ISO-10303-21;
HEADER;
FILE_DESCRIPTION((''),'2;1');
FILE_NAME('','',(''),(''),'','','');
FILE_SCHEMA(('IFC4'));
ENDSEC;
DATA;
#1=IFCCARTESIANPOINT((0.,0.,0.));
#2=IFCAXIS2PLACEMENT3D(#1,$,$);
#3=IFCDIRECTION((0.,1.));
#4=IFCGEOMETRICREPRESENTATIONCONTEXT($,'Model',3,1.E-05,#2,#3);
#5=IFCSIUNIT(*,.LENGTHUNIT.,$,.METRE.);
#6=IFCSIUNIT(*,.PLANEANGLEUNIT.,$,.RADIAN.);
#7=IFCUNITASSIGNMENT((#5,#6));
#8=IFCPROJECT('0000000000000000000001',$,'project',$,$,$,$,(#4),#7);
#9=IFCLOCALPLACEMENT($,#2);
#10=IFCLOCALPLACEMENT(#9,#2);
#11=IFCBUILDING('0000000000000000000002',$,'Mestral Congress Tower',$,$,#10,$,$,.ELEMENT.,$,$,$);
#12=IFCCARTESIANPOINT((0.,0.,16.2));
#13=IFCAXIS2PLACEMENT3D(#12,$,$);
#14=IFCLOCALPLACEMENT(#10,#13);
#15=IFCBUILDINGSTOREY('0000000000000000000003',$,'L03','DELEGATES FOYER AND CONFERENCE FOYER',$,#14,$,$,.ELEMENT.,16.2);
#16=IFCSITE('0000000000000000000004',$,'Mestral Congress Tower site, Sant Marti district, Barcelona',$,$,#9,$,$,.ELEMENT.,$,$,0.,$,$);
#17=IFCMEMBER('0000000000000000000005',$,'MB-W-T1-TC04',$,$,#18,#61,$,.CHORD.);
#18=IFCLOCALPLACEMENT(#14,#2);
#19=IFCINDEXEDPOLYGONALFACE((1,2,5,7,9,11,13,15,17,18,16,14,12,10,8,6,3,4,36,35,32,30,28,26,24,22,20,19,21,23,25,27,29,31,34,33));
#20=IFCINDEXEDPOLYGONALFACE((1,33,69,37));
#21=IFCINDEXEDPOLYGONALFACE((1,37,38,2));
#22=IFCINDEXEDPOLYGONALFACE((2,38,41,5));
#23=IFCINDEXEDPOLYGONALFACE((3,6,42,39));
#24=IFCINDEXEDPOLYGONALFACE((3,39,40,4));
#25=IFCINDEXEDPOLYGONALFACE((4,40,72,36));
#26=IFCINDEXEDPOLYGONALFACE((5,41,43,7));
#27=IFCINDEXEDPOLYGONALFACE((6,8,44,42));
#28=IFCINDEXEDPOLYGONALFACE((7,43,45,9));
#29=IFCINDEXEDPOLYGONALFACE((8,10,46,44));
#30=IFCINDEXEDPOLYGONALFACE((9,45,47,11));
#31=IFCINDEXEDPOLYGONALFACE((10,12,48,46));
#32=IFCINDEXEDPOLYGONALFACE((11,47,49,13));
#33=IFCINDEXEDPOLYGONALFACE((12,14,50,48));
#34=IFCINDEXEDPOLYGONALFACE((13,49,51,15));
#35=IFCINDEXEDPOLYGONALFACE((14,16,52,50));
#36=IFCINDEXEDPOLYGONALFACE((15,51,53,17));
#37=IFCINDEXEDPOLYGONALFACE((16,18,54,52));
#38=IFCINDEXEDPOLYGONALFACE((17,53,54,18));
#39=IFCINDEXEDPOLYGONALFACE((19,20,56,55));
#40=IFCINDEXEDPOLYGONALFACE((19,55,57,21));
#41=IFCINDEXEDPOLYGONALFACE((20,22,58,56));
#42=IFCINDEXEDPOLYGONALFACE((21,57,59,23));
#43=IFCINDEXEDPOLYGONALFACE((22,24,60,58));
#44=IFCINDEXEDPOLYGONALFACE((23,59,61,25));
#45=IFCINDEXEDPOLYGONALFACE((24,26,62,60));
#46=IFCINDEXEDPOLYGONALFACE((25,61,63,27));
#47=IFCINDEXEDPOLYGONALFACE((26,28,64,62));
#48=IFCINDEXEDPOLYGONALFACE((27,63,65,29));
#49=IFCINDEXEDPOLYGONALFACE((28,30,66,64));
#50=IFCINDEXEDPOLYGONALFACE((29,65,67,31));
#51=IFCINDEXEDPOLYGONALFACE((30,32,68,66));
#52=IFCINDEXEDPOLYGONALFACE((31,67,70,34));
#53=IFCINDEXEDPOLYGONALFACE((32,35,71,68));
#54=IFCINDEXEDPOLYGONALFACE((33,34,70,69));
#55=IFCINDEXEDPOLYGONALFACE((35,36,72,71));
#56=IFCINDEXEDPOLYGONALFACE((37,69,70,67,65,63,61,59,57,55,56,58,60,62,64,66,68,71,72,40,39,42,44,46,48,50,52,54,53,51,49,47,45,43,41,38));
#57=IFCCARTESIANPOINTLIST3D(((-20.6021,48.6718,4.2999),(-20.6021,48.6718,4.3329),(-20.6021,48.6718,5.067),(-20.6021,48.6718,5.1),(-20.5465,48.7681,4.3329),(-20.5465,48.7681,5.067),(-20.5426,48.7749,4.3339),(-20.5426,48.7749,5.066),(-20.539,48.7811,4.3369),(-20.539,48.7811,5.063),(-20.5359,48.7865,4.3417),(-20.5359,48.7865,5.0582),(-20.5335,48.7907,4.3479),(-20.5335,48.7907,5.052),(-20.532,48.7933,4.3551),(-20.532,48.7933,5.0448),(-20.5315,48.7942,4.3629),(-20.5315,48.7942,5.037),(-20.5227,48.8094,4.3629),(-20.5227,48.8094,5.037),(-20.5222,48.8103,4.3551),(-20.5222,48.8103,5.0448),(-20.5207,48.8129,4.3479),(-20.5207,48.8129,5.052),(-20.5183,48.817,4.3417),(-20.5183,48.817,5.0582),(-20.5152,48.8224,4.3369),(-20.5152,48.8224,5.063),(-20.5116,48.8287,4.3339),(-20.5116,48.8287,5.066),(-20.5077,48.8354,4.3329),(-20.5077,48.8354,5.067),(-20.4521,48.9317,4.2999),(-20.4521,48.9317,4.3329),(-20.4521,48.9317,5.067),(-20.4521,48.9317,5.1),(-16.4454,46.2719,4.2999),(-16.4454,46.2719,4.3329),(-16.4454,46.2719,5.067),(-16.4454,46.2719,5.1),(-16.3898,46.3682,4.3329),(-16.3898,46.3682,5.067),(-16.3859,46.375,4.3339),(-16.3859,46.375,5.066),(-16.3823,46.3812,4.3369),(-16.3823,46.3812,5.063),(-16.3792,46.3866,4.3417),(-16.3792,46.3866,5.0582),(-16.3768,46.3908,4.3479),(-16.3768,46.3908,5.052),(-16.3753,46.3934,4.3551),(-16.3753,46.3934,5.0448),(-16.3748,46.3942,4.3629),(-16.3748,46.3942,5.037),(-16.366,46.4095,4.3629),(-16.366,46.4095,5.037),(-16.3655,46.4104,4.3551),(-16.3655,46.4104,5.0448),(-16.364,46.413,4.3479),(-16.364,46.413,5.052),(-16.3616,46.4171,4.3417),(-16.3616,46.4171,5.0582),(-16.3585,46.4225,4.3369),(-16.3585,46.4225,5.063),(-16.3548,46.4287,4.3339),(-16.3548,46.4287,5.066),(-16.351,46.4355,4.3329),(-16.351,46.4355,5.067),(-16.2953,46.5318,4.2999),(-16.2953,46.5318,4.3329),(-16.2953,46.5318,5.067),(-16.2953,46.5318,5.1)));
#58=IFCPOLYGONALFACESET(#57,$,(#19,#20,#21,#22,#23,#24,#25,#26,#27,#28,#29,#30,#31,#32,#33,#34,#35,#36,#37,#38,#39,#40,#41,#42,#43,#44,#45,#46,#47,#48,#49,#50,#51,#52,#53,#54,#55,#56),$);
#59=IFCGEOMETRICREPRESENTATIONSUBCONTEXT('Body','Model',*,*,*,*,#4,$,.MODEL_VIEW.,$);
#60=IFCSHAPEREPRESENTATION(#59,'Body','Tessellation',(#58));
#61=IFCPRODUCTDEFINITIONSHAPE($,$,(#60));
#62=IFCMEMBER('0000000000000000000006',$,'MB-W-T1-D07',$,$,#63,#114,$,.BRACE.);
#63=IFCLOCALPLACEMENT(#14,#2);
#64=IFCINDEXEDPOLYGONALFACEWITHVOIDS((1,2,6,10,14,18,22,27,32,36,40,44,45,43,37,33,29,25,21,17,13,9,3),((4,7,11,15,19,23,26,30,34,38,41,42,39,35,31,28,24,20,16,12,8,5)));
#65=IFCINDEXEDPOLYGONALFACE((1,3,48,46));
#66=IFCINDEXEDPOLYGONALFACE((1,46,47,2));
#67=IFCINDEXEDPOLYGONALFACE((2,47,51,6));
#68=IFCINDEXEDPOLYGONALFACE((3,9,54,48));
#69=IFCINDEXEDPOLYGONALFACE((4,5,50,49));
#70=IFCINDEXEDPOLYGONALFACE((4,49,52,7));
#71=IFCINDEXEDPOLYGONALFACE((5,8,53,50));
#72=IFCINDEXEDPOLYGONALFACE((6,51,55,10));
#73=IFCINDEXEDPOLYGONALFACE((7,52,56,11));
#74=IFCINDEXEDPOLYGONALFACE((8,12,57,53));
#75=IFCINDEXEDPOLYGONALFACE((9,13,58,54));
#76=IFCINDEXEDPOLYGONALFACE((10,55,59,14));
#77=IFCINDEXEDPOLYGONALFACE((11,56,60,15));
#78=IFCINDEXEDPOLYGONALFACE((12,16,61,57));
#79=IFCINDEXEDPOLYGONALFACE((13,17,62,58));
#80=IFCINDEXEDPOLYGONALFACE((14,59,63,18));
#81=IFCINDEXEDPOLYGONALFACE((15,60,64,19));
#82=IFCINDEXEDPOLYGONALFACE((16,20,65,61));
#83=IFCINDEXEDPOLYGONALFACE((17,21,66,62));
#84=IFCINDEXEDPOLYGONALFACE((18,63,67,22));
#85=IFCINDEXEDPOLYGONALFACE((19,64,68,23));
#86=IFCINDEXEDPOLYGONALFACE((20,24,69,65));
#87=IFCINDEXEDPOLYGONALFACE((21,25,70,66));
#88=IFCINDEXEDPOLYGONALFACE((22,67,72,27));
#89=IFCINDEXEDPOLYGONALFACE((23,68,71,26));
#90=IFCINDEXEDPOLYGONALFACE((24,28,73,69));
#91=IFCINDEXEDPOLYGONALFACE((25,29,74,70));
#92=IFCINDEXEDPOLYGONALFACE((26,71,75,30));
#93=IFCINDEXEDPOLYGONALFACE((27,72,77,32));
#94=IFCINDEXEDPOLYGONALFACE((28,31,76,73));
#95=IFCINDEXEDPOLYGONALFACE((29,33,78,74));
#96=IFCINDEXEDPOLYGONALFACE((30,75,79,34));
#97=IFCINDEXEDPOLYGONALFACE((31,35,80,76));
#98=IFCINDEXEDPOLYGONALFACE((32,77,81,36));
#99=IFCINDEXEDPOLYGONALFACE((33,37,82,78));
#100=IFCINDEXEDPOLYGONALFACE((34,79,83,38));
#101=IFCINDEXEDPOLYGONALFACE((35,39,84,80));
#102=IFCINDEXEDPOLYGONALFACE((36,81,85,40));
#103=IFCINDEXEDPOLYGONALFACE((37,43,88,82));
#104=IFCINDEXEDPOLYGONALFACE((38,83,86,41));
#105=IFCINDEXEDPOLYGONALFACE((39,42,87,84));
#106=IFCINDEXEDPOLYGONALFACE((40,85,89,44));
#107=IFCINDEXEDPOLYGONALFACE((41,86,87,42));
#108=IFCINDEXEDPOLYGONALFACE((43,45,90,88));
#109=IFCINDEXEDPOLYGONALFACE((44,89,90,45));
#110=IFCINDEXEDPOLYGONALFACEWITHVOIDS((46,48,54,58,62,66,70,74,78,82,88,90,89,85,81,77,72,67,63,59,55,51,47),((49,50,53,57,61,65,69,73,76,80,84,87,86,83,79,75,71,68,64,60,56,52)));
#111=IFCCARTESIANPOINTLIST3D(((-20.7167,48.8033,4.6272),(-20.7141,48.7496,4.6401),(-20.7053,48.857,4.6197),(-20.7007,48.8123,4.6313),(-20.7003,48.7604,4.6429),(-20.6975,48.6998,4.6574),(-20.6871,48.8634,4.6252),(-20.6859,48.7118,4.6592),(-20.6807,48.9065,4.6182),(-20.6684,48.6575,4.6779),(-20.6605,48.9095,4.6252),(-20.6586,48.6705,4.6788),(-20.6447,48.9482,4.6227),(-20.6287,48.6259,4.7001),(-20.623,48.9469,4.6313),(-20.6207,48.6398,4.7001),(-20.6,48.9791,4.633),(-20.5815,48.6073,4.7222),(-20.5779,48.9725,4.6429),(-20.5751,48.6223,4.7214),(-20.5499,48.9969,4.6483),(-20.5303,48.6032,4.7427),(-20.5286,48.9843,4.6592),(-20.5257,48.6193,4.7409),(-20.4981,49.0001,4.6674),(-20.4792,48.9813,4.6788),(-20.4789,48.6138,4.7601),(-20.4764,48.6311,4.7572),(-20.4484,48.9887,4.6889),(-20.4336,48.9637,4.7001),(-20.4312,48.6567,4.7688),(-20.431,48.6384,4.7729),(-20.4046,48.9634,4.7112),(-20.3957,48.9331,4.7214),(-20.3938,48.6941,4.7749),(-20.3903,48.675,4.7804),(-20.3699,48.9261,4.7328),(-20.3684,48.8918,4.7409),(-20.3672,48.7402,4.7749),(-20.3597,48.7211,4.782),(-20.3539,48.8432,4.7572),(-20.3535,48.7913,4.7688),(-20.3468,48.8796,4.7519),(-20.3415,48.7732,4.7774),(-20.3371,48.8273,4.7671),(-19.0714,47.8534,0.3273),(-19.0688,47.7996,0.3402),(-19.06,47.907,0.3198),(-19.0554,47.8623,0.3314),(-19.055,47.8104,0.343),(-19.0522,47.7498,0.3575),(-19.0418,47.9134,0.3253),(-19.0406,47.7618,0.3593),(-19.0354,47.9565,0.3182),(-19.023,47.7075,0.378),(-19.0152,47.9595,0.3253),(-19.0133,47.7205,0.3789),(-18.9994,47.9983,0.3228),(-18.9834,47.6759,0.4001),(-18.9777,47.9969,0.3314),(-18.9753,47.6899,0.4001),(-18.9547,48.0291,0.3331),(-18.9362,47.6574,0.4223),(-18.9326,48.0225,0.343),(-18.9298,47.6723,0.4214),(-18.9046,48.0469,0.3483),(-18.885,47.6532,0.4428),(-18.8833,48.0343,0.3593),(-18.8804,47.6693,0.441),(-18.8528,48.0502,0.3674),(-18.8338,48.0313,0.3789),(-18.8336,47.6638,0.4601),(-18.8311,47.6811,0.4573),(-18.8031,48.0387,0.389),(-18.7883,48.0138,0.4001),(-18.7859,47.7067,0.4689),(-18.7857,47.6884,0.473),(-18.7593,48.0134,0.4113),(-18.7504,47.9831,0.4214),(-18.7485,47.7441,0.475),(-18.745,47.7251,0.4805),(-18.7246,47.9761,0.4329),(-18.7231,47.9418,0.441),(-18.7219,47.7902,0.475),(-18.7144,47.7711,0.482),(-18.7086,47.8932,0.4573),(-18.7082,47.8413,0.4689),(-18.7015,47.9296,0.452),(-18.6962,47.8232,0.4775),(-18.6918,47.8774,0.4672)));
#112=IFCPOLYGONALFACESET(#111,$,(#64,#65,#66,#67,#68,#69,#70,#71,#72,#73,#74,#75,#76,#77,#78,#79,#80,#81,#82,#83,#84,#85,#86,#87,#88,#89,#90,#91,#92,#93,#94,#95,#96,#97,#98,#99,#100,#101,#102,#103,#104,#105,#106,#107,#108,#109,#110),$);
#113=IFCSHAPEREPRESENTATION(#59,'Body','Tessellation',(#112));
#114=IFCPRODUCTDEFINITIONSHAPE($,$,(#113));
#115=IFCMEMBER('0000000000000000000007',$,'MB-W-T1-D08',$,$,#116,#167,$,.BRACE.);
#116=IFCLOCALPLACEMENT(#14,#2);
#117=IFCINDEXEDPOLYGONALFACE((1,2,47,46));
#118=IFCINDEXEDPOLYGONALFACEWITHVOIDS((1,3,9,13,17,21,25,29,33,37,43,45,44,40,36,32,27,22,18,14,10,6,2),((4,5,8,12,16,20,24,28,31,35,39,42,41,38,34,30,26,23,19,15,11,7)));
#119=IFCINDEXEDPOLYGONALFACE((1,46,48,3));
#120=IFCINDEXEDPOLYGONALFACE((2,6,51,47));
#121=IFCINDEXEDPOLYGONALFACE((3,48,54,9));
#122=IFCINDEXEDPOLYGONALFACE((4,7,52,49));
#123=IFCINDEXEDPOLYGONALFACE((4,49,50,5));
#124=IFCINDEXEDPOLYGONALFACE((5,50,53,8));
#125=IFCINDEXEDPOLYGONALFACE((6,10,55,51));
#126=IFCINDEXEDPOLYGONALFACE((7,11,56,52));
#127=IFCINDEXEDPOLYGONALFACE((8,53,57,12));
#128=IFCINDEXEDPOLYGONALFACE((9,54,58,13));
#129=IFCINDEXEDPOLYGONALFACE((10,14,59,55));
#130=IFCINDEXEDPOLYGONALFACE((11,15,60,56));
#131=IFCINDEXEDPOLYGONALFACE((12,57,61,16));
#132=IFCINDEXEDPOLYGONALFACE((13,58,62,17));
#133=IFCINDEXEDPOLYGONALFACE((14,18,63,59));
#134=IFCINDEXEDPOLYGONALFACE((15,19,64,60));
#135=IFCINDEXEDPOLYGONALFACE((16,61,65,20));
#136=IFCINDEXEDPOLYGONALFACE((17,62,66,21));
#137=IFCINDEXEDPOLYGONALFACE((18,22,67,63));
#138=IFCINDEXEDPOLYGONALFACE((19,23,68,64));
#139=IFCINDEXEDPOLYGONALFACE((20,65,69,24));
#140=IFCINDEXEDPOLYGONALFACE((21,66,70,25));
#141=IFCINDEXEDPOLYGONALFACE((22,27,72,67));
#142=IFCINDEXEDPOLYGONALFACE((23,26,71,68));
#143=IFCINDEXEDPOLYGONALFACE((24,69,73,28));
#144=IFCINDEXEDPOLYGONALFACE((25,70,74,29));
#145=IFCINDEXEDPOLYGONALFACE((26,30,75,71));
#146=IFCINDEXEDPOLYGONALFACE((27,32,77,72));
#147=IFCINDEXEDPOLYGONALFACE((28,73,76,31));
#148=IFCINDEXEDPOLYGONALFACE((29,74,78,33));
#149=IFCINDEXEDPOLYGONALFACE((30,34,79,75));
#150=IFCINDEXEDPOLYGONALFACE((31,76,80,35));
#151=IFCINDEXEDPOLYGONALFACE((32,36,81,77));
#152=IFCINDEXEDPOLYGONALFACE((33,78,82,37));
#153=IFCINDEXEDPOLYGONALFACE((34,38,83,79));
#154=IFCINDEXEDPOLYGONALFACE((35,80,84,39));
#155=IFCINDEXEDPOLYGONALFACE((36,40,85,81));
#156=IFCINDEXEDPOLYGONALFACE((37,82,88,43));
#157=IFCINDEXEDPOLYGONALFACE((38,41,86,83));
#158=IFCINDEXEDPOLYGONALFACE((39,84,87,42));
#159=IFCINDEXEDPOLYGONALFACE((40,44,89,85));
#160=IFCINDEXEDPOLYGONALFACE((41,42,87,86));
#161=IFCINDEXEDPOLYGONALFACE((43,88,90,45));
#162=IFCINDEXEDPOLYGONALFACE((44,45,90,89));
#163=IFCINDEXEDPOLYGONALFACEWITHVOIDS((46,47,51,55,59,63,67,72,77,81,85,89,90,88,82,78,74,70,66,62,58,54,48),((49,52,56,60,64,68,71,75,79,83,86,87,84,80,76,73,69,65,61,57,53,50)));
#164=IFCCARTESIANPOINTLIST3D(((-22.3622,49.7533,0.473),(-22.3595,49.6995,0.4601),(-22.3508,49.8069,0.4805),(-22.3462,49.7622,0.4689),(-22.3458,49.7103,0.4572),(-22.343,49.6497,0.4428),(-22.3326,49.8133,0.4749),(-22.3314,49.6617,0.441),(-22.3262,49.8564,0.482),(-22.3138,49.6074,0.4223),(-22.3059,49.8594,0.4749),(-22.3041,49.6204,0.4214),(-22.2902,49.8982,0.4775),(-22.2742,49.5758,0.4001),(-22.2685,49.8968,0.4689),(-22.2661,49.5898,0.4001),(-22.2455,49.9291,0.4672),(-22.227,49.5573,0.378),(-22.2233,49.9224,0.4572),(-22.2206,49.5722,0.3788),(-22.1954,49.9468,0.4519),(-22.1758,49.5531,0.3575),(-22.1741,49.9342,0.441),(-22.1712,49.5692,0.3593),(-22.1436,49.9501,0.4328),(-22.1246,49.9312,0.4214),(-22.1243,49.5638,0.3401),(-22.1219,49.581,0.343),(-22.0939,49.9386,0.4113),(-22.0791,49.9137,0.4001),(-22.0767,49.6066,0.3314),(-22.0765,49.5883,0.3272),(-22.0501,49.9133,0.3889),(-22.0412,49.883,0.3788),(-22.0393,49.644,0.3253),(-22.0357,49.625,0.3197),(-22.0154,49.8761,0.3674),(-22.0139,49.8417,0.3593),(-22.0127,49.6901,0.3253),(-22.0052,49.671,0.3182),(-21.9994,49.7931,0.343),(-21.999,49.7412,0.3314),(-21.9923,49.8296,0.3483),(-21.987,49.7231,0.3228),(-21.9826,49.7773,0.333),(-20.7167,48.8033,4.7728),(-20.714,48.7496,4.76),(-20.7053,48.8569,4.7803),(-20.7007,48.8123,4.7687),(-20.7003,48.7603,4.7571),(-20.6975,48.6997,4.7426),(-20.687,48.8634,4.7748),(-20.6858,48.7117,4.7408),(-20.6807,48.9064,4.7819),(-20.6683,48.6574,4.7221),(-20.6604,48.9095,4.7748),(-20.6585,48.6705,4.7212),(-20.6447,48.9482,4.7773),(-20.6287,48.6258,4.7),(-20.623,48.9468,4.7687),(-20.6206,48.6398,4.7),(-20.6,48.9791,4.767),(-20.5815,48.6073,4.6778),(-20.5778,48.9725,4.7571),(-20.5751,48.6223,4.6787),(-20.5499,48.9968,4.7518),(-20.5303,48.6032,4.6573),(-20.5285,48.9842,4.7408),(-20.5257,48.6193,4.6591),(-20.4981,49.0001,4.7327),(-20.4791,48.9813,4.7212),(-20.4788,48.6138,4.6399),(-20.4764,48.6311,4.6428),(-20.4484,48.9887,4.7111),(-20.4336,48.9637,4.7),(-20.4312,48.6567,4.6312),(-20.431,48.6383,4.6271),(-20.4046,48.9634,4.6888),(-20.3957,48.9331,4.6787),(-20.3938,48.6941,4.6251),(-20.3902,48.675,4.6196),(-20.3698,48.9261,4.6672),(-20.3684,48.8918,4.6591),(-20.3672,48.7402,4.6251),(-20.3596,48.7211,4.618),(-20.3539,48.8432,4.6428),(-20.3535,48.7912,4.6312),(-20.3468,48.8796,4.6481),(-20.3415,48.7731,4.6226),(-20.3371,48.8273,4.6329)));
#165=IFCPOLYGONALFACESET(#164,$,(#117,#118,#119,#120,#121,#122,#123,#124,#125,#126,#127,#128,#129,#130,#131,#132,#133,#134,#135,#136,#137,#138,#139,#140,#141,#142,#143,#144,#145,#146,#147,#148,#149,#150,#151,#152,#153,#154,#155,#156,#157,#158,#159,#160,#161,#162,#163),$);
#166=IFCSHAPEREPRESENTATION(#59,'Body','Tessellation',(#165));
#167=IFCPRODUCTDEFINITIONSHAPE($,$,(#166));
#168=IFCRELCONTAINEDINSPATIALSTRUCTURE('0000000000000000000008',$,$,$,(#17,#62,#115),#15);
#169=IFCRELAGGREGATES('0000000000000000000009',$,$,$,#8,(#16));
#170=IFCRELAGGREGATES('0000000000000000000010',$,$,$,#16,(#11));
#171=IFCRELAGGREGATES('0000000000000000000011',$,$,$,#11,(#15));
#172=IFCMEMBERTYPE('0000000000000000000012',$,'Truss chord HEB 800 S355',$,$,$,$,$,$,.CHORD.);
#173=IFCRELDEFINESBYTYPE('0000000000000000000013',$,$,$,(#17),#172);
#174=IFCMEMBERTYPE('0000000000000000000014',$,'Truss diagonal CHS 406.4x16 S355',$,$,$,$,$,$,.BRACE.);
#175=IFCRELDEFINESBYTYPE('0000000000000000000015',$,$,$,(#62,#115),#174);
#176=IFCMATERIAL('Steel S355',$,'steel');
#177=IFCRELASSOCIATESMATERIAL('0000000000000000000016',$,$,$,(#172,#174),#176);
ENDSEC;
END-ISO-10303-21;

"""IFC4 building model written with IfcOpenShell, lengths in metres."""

from ifc_helpers import new_model, si_unit, direction, frame, origin, origin_2d, place, context, subcontext, project, spatial, hollow_circle, i_section, extrude, material, material_profile, profile_set, type_object, element, save


model = new_model("IFC4")

# Units and contexts
model_context = context("Model", 3, precision=1e-05, world=origin(), true_north=direction((0.0, 1.0)))
body_context = subcontext(model_context, "Body", "Model", "MODEL_VIEW")
ifc_project = project(units=[si_unit("LENGTHUNIT", "METRE"), si_unit("PLANEANGLEUNIT", "RADIAN")], contexts=[model_context])

# Site, building, storey
site_placement = place(None, origin())
site = spatial("IfcSite", under=ifc_project, at=site_placement, Name="Mestral Congress Tower site, Sant Marti district, Barcelona", CompositionType="ELEMENT", RefElevation=0.0)
building_placement = place(site_placement, origin())
building = spatial("IfcBuilding", under=site, at=building_placement, Name="Mestral Congress Tower", CompositionType="ELEMENT")
storey_placement = place(building_placement, frame((0.0, 0.0, 16.2)))
storey = spatial("IfcBuildingStorey", under=building, at=storey_placement, Name="L03", Description="DELEGATES FOYER AND CONFERENCE FOYER", CompositionType="ELEMENT", Elevation=16.2)

# Shared definitions
ifc_material_1 = material(Name="Steel S355", Category="steel")

# Members
ifc_material_profile_1 = material_profile(ifc_material_1, i_section(OverallWidth=0.3, OverallDepth=0.8, WebThickness=0.0176, FlangeThickness=0.033, FilletRadius=0.03, at=origin_2d()), Name="HEB 800")
ifc_profile_set_1 = profile_set([ifc_material_profile_1], Name="Steel S355")
member_type_1 = type_object("IfcMemberType", Name="Truss chord HEB 800 S355", PredefinedType="CHORD", material=ifc_profile_set_1)
member_1_placement = place(storey_placement, frame((-16.3704, 46.4019, 4.7), z_axis=(-0.866025, 0.500001, 0.0), x_axis=(-0.500001, -0.866025, 0.0)))
element("IfcMember", 1, at=member_1_placement, inside=storey, type_object=member_type_1, Name="MB-W-T1-TC04", PredefinedType="CHORD", context=body_context, shape_type="SweptSolid", body=[
    extrude(i_section(OverallWidth=0.3, OverallDepth=0.8, WebThickness=0.0176, FlangeThickness=0.033, FilletRadius=0.03, at=origin_2d()), origin(), (0.0, 0.0, 1.0), 4.7998),
])
ifc_material_profile_2 = material_profile(ifc_material_1, hollow_circle(Radius=0.2031, WallThickness=0.0161, at=origin_2d()), Name="CHS 406.4x16")
ifc_profile_set_2 = profile_set([ifc_material_profile_2], Name="Steel S355")
member_type_2 = type_object("IfcMemberType", Name="Truss diagonal CHS 406.4x16 S355", PredefinedType="BRACE", material=ifc_profile_set_2)
for number, where, z_axis, x_axis, name in (
    (2, (-18.8818, 47.8518, 0.4001), (-0.349996, 0.202082, 0.914694), (-0.500023, -0.866012, 0.0), "MB-W-T1-D07"),
    (3, (-20.5271, 48.8018, 4.7), (-0.350041, 0.202079, -0.914678), (-0.499967, -0.866044, 0.0), "MB-W-T1-D08"),
):
    element("IfcMember", number, at=place(storey_placement, frame(where, z_axis=z_axis, x_axis=x_axis)), inside=storey, type_object=member_type_2, Name=name, PredefinedType="BRACE", context=body_context, shape_type="SweptSolid", body=[
        extrude(hollow_circle(Radius=0.2031, WallThickness=0.0161, at=origin_2d()), origin(), (0.0, 0.0, 1.0), 4.7009),
    ])

save(model, "model.ifc")
